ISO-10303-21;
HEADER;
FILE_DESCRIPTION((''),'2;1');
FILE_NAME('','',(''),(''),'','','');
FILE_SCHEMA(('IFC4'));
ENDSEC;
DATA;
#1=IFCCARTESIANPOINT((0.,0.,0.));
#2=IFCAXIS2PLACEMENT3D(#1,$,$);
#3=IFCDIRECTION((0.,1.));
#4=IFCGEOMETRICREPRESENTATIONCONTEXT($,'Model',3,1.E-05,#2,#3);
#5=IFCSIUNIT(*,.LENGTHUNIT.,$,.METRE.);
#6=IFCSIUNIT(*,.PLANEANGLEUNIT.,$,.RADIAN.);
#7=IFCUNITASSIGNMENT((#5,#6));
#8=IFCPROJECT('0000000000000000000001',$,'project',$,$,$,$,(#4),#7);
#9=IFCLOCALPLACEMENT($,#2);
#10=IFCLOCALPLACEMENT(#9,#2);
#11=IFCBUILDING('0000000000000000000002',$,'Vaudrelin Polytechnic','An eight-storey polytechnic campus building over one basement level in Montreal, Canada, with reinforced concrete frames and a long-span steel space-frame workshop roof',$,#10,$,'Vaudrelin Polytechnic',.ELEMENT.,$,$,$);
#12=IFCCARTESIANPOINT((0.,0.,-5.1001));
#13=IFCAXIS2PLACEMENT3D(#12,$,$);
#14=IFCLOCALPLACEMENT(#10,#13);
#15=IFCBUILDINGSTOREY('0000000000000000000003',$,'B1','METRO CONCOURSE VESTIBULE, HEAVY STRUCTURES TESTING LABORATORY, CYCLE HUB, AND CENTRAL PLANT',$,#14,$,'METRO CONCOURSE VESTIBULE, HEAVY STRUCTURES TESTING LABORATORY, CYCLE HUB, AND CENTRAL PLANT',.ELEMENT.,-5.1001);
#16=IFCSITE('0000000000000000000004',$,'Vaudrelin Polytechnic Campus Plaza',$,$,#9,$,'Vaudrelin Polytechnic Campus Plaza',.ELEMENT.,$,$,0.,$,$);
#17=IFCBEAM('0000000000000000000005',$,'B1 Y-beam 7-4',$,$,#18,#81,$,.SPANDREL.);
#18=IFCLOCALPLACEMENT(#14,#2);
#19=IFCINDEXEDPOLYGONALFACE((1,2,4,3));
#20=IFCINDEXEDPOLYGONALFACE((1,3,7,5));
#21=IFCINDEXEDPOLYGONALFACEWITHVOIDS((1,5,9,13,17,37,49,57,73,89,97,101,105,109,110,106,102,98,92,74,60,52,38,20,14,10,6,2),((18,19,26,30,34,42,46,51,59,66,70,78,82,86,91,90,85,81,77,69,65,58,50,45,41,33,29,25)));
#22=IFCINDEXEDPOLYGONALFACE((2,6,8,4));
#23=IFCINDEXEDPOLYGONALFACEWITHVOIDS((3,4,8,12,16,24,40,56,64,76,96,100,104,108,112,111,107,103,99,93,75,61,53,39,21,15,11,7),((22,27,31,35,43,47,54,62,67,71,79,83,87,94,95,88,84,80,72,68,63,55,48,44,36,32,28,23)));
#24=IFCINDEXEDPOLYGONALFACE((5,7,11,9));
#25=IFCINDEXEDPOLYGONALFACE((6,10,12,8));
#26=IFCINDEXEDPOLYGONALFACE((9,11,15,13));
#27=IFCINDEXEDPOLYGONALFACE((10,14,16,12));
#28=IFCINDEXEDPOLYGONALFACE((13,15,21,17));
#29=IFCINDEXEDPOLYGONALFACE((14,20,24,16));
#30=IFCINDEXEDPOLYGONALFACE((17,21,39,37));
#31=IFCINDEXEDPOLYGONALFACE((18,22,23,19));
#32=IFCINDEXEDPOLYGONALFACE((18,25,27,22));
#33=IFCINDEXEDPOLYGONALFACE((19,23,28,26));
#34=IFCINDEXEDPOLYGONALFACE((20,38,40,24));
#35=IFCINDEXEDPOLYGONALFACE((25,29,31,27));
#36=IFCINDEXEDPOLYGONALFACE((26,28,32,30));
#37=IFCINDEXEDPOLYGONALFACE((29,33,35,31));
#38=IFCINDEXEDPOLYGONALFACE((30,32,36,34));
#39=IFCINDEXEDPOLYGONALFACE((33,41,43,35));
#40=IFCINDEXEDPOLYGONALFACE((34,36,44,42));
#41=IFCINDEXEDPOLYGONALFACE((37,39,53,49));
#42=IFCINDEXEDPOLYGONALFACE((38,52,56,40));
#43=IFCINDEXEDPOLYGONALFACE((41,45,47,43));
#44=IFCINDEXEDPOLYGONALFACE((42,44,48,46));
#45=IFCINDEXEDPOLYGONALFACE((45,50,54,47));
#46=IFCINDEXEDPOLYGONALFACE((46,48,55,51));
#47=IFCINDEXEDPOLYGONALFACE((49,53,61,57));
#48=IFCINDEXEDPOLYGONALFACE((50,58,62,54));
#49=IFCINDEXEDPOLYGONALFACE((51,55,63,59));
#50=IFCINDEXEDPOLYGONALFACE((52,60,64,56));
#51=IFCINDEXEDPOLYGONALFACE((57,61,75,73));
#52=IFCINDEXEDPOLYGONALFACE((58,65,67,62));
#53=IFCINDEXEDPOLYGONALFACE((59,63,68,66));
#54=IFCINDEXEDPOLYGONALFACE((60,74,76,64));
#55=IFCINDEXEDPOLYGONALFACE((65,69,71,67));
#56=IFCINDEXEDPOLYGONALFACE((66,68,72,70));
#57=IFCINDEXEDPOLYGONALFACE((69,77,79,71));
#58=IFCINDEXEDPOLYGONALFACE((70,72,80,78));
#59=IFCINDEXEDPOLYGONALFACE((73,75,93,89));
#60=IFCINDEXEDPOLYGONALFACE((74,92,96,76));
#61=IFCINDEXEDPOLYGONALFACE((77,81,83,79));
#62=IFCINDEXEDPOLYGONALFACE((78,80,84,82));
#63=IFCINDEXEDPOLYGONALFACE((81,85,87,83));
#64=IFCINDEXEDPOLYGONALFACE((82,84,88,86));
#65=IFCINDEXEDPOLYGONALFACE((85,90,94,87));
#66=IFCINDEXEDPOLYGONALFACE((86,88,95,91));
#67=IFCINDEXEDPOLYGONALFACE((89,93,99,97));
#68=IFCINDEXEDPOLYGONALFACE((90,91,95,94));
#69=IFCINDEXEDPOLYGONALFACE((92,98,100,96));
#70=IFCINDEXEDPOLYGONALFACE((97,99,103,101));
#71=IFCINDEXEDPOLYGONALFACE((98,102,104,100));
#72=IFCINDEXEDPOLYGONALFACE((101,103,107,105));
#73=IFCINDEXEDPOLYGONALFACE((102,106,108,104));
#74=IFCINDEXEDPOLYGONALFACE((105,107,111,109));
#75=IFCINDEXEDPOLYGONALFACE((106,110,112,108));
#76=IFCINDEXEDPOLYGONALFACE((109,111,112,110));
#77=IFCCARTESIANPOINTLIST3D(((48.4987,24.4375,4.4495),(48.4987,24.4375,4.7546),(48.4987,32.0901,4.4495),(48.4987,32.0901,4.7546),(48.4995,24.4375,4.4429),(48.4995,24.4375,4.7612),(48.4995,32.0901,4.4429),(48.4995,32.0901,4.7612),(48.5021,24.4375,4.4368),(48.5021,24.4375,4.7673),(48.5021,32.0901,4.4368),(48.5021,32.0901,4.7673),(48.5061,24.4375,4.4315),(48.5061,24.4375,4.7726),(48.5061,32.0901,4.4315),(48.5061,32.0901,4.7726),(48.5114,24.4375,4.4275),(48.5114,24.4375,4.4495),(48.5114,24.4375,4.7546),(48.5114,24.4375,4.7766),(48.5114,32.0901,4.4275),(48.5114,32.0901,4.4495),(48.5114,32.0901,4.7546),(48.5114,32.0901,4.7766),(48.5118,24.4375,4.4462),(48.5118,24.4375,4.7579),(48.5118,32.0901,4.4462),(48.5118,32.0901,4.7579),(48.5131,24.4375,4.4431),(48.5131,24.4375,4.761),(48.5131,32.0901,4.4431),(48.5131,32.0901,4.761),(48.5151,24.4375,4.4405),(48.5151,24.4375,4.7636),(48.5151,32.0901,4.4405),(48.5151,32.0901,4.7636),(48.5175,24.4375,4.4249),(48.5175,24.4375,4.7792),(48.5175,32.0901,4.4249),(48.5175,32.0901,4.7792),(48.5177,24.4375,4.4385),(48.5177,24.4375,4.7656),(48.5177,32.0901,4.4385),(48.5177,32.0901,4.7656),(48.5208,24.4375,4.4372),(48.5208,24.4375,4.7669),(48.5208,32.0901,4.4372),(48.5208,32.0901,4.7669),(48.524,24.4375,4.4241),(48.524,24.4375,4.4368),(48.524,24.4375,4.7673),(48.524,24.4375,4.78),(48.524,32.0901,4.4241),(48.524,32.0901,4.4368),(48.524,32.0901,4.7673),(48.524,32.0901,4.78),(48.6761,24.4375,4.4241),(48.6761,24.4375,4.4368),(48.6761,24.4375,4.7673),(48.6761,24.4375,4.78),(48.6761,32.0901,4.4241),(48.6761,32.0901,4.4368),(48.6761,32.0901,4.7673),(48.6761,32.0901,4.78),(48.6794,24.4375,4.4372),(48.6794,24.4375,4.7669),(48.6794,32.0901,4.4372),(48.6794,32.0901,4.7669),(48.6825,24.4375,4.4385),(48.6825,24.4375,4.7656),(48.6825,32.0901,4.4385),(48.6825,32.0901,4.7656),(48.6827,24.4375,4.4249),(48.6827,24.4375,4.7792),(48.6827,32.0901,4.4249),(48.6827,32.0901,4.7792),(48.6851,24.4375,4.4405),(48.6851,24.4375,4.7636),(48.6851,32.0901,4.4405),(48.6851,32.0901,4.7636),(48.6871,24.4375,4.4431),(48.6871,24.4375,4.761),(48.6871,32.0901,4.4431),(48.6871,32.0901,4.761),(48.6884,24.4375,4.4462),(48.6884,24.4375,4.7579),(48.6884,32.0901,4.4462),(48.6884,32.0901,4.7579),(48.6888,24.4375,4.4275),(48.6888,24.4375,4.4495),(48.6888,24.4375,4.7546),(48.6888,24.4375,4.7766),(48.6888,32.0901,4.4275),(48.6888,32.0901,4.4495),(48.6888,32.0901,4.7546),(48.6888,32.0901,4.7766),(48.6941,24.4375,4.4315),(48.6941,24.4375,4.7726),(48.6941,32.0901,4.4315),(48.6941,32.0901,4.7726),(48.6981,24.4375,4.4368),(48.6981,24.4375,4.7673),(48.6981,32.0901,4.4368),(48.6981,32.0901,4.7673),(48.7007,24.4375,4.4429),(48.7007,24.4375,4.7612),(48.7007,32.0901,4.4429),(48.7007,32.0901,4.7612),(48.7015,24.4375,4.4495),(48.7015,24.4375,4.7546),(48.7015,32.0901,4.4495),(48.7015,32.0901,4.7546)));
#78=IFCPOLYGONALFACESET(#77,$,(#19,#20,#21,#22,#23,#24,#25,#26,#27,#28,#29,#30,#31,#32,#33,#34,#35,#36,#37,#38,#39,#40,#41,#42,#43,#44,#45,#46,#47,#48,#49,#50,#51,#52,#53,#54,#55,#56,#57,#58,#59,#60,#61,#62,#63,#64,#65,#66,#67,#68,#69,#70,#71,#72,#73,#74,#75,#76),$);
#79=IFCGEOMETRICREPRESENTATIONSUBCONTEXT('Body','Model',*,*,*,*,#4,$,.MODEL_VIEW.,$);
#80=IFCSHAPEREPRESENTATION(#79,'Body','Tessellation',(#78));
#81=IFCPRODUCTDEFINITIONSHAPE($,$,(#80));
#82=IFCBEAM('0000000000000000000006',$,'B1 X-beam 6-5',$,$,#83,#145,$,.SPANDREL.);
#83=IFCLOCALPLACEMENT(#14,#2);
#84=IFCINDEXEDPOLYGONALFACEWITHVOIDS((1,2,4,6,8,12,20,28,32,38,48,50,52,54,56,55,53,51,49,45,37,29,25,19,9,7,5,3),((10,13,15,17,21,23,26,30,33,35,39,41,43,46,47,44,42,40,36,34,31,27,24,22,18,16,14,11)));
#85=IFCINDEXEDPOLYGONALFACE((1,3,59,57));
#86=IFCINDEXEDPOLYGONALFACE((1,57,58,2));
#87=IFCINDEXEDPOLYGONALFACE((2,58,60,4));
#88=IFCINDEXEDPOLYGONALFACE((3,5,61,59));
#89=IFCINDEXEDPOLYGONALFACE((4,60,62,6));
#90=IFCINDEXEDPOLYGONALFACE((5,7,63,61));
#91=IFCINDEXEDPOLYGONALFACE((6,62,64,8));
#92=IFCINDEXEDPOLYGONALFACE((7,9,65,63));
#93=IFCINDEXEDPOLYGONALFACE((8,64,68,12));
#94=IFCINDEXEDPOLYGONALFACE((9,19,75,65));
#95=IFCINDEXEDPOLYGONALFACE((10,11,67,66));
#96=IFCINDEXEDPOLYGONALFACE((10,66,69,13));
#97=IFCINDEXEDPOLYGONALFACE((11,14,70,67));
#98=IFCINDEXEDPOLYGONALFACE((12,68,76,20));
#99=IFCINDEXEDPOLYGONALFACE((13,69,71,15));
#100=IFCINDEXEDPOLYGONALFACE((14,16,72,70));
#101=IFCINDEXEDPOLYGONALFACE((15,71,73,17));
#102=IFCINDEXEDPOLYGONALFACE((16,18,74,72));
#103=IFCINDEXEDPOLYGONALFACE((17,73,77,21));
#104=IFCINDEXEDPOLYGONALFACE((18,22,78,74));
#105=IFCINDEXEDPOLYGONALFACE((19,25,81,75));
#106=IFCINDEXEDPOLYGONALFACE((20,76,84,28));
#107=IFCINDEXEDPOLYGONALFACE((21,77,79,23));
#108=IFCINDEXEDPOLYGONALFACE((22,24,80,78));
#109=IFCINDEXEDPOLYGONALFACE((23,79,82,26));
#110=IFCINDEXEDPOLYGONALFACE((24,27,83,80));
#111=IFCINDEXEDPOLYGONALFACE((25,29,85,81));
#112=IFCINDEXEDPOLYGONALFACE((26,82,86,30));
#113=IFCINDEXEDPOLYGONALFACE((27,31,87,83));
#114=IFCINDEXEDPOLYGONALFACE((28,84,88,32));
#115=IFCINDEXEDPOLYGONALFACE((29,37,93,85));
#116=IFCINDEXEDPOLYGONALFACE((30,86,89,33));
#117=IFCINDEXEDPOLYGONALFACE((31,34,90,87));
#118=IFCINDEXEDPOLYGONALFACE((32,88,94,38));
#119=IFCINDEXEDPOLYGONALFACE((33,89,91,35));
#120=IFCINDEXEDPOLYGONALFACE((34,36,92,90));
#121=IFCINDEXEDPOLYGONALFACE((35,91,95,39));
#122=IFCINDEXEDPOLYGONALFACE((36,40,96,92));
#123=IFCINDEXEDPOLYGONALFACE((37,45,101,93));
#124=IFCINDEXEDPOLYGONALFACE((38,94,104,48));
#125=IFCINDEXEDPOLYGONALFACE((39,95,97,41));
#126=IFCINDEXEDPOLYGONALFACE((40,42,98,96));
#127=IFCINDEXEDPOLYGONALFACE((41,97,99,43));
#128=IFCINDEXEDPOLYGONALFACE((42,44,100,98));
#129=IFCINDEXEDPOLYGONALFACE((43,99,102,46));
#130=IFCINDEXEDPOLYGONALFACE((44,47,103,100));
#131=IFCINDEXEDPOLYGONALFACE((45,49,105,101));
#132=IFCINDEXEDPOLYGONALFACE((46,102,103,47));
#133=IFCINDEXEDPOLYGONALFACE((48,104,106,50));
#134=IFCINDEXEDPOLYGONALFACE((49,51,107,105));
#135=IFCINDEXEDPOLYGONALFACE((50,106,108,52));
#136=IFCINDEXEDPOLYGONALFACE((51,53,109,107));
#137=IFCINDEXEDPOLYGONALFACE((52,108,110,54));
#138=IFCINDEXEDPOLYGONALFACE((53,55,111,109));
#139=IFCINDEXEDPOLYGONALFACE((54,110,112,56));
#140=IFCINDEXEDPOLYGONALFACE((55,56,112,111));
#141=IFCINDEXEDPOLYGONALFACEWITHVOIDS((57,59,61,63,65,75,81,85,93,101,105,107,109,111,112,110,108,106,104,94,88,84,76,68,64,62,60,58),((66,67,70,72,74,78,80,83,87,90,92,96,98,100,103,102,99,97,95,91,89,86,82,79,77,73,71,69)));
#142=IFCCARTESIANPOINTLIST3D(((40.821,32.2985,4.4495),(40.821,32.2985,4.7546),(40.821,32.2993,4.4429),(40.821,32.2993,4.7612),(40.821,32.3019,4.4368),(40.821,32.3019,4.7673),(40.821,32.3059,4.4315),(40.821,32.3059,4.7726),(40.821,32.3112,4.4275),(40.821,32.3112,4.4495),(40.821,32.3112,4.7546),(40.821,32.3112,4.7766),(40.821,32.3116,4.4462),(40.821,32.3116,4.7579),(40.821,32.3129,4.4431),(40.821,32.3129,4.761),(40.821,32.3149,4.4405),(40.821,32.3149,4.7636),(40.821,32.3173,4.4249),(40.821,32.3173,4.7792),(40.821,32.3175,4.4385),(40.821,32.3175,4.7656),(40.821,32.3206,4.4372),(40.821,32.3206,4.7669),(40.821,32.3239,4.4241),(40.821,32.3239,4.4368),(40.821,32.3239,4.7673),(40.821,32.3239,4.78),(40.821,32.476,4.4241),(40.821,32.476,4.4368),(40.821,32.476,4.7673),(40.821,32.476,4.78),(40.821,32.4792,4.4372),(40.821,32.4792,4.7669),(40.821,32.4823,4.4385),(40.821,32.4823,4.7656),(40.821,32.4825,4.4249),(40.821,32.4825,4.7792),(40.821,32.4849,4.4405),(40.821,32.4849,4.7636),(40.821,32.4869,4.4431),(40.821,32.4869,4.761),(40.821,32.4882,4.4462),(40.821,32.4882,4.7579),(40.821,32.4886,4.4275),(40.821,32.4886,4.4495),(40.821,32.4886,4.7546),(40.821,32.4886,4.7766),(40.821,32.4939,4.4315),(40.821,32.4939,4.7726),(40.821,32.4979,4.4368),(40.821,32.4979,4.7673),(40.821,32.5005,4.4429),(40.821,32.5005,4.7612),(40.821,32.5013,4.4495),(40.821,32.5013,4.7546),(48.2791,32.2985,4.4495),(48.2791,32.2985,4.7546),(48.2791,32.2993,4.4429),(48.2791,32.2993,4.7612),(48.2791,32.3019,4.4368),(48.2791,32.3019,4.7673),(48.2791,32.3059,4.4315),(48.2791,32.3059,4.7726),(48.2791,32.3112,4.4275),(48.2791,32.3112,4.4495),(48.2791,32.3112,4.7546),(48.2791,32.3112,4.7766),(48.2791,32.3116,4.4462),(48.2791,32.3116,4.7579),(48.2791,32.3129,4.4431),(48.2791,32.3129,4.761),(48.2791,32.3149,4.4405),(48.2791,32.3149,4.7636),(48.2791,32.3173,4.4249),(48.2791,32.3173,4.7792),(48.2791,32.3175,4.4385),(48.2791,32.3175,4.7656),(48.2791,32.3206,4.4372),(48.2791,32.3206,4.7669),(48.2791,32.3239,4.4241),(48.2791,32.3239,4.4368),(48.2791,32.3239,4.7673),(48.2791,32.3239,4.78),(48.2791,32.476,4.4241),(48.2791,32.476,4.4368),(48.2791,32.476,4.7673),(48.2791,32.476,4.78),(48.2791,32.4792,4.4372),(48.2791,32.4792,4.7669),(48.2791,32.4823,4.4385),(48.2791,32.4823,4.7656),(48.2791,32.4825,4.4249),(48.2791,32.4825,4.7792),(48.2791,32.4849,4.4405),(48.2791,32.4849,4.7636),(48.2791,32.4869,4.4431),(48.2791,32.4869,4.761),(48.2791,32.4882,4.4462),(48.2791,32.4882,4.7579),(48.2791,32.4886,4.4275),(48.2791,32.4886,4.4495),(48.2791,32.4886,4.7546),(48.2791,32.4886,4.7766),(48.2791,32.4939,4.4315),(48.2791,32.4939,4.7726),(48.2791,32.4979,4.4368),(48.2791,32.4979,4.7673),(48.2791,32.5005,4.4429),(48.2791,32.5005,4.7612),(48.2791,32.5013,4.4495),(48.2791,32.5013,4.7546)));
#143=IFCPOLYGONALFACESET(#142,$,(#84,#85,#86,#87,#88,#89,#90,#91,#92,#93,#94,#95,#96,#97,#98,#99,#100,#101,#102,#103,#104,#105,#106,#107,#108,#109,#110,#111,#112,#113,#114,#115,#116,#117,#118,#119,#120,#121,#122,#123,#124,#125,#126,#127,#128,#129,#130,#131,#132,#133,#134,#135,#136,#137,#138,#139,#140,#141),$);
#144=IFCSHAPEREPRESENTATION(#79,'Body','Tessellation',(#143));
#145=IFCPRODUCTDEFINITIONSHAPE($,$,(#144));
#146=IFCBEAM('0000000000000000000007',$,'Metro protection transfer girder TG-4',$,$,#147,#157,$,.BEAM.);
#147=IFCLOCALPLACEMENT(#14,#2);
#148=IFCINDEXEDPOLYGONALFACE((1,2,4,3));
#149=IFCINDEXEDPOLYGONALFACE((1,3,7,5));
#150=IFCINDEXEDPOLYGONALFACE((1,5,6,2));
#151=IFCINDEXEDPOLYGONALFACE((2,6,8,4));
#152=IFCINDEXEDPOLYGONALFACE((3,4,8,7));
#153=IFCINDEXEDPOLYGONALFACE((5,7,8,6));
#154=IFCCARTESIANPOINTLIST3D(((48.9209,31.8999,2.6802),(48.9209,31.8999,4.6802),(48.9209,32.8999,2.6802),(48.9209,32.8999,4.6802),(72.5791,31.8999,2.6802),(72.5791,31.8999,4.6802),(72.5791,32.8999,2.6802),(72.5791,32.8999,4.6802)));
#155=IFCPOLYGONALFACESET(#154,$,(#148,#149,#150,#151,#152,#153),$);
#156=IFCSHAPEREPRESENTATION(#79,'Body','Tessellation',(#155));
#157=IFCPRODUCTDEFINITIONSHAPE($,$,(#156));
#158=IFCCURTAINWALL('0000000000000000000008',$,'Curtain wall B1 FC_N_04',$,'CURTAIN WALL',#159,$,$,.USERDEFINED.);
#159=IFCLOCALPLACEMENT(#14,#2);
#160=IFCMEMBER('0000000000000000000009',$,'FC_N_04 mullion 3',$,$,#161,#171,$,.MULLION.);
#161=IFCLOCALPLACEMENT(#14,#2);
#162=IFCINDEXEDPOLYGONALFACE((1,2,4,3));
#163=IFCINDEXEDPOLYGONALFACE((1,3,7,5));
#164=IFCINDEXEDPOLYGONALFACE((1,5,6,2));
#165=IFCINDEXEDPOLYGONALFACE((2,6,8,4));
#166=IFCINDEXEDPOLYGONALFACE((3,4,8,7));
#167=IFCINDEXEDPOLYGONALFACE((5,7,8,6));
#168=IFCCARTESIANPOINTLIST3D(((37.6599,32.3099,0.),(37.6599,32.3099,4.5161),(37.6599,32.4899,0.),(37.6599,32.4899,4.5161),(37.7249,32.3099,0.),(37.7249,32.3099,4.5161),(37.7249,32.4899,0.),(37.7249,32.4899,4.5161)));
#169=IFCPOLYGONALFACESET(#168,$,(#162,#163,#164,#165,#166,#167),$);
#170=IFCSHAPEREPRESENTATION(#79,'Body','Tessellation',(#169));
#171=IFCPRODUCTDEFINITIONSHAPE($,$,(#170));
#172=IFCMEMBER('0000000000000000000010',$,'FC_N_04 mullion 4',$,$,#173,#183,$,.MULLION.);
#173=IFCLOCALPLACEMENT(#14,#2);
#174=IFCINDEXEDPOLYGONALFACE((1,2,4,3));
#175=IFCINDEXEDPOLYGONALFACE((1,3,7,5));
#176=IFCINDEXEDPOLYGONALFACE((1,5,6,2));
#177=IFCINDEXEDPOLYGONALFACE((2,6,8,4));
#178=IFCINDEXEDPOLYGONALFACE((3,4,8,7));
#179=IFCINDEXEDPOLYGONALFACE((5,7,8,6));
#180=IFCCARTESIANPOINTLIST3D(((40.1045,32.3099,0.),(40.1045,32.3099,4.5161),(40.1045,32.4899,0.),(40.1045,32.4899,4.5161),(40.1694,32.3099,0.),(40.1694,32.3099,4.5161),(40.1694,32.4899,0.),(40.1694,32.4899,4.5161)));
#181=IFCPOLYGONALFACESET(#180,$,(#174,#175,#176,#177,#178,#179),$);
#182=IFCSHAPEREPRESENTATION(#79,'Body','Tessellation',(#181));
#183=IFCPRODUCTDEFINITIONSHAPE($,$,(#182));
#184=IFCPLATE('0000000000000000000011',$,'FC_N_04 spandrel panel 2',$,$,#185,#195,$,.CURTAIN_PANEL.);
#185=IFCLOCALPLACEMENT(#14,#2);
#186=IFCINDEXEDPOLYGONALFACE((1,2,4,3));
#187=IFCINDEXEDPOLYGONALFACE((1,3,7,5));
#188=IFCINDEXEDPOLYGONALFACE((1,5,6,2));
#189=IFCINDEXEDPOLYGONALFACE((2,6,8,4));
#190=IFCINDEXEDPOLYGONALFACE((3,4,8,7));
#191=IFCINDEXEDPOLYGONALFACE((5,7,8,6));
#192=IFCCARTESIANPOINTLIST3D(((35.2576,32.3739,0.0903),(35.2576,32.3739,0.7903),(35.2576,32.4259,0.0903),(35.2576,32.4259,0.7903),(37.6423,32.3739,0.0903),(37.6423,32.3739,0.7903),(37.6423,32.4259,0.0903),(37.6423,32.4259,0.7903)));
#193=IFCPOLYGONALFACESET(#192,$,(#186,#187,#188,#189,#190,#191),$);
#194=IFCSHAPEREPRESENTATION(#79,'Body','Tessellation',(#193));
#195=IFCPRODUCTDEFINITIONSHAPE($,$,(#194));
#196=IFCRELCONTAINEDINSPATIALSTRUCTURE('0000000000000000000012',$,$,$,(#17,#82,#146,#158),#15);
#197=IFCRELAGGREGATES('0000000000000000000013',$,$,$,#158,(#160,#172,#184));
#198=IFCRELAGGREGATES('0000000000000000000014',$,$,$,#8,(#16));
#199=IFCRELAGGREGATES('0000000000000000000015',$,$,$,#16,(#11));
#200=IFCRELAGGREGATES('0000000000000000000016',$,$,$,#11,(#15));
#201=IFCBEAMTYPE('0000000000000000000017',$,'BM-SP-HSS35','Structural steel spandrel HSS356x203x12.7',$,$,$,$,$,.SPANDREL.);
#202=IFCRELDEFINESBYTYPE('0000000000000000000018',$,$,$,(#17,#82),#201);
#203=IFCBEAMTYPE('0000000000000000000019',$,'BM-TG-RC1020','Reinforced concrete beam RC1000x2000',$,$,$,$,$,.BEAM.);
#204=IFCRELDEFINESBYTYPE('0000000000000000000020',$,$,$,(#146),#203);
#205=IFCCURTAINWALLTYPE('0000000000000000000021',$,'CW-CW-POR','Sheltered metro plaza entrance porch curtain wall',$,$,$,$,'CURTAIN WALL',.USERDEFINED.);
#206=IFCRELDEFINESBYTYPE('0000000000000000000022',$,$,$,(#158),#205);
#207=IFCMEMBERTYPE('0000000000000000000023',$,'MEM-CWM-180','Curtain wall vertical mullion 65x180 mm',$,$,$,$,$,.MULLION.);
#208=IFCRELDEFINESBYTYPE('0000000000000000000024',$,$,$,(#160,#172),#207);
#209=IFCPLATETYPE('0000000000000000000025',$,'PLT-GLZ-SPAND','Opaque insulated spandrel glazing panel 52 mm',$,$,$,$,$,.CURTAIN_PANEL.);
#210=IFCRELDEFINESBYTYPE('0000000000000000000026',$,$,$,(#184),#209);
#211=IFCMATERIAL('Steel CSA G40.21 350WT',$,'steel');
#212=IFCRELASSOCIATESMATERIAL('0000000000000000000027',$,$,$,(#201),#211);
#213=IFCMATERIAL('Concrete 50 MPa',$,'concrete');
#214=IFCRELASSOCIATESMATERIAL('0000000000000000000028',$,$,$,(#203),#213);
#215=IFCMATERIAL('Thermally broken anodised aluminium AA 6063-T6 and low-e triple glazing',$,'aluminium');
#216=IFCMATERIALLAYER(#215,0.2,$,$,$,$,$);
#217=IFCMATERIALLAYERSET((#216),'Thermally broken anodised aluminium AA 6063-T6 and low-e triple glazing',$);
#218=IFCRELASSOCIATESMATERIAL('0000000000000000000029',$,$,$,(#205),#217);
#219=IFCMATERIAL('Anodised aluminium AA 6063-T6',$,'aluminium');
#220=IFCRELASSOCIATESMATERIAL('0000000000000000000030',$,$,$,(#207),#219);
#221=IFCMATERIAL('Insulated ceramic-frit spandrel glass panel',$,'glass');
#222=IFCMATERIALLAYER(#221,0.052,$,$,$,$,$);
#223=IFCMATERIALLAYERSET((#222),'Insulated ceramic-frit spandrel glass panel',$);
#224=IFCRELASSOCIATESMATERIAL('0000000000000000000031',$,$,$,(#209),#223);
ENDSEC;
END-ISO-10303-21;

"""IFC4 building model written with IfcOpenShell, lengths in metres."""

from ifc_helpers import new_model, si_unit, direction, frame, origin, origin_2d, place, context, subcontext, project, spatial, rectangle, hollow_rectangle, extrude, material, layer, layer_set, material_profile, profile_set, type_object, element, aggregate, save


model = new_model("IFC4")

# Units and contexts
model_context = context("Model", 3, precision=1e-05, world=origin(), true_north=direction((0.0, 1.0)))
body_context = subcontext(model_context, "Body", "Model", "MODEL_VIEW")
ifc_project = project(units=[si_unit("LENGTHUNIT", "METRE"), si_unit("PLANEANGLEUNIT", "RADIAN")], contexts=[model_context])

# Site, building, storey
site_placement = place(None, origin())
site = spatial("IfcSite", under=ifc_project, at=site_placement, Name="Vaudrelin Polytechnic Campus Plaza", LongName="Vaudrelin Polytechnic Campus Plaza", CompositionType="ELEMENT", RefElevation=0.0)
building_placement = place(site_placement, origin())
building = spatial("IfcBuilding", under=site, at=building_placement, Name="Vaudrelin Polytechnic", Description="An eight-storey polytechnic campus building over one basement level in Montreal, Canada, with reinforced concrete frames and a long-span steel space-frame workshop roof", LongName="Vaudrelin Polytechnic", CompositionType="ELEMENT")
storey_placement = place(building_placement, frame((0.0, 0.0, -5.1001)))
storey = spatial("IfcBuildingStorey", under=building, at=storey_placement, Name="B1", Description="METRO CONCOURSE VESTIBULE, HEAVY STRUCTURES TESTING LABORATORY, CYCLE HUB, AND CENTRAL PLANT", LongName="METRO CONCOURSE VESTIBULE, HEAVY STRUCTURES TESTING LABORATORY, CYCLE HUB, AND CENTRAL PLANT", CompositionType="ELEMENT", Elevation=-5.1001)

# Beams
ifc_material_1 = material(Name="Steel CSA G40.21 350WT", Category="steel")
ifc_material_profile_1 = material_profile(ifc_material_1, hollow_rectangle(XDim=0.2029, YDim=0.356, WallThickness=0.0127, InnerFilletRadius=0.0127, OuterFilletRadius=0.0254, at=origin_2d()), Name="HSS356x203x12.7")
ifc_profile_set_1 = profile_set([ifc_material_profile_1], Name="Steel CSA G40.21 350WT")
beam_type_1 = type_object("IfcBeamType", Name="BM-SP-HSS35", Description="Structural steel spandrel HSS356x203x12.7", PredefinedType="SPANDREL", material=ifc_profile_set_1)
beam_1_placement = place(storey_placement, frame((48.6001, 24.4375, 4.6021), z_axis=(0.0, 1.0, 0.0), x_axis=(-1.0, 0.0, 0.0)))
element("IfcBeam", 1, at=beam_1_placement, inside=storey, type_object=beam_type_1, Name="B1 Y-beam 7-4", PredefinedType="SPANDREL", context=body_context, shape_type="SweptSolid", body=[
    extrude(hollow_rectangle(XDim=0.2029, YDim=0.356, WallThickness=0.0127, InnerFilletRadius=0.0127, OuterFilletRadius=0.0254, at=origin_2d()), origin(), (0.0, 0.0, 1.0), 7.6526),
])
beam_2_placement = place(storey_placement, frame((40.821, 32.3999, 4.6021), z_axis=(1.0, 0.0, 0.0), x_axis=(0.0, 1.0, 0.0)))
element("IfcBeam", 2, at=beam_2_placement, inside=storey, type_object=beam_type_1, Name="B1 X-beam 6-5", PredefinedType="SPANDREL", context=body_context, shape_type="SweptSolid", body=[
    extrude(hollow_rectangle(XDim=0.2029, YDim=0.356, WallThickness=0.0127, InnerFilletRadius=0.0127, OuterFilletRadius=0.0254, at=origin_2d()), origin(), (0.0, 0.0, 1.0), 7.458),
])
ifc_material_2 = material(Name="Concrete 50 MPa", Category="concrete")
ifc_material_profile_2 = material_profile(ifc_material_2, rectangle(XDim=1.0, YDim=2.0, at=origin_2d()), Name="RC1000x2000")
ifc_profile_set_2 = profile_set([ifc_material_profile_2], Name="Concrete 50 MPa")
beam_type_2 = type_object("IfcBeamType", Name="BM-TG-RC1020", Description="Reinforced concrete beam RC1000x2000", PredefinedType="BEAM", material=ifc_profile_set_2)
beam_3_placement = place(storey_placement, frame((48.9209, 32.3999, 3.6802), z_axis=(1.0, 0.0, 0.0), x_axis=(0.0, 1.0, 0.0)))
element("IfcBeam", 3, at=beam_3_placement, inside=storey, type_object=beam_type_2, Name="Metro protection transfer girder TG-4", PredefinedType="BEAM", context=body_context, shape_type="SweptSolid", body=[
    extrude(rectangle(XDim=1.0, YDim=2.0, at=origin_2d()), origin(), (0.0, 0.0, 1.0), 23.6582),
])

# Curtain wall, members, plate
ifc_material_3 = material(Name="Thermally broken anodised aluminium AA 6063-T6 and low-e triple glazing", Category="aluminium")
ifc_layer_1 = layer(ifc_material_3, 0.2)
ifc_layer_set_1 = layer_set([ifc_layer_1], Name="Thermally broken anodised aluminium AA 6063-T6 and low-e triple glazing")
curtain_wall_type = type_object("IfcCurtainWallType", Name="CW-CW-POR", Description="Sheltered metro plaza entrance porch curtain wall", ElementType="CURTAIN WALL", PredefinedType="USERDEFINED", material=ifc_layer_set_1)
curtain_wall_placement = place(storey_placement, origin())
curtain_wall = element("IfcCurtainWall", 4, at=curtain_wall_placement, inside=storey, type_object=curtain_wall_type, Name="Curtain wall B1 FC_N_04", ObjectType="CURTAIN WALL", PredefinedType="USERDEFINED")
ifc_material_4 = material(Name="Anodised aluminium AA 6063-T6", Category="aluminium")
ifc_material_profile_3 = material_profile(ifc_material_4, rectangle(XDim=0.0649, YDim=0.1799, at=origin_2d()), Name="CWM-65x180")
ifc_profile_set_3 = profile_set([ifc_material_profile_3], Name="Anodised aluminium AA 6063-T6")
member_type = type_object("IfcMemberType", Name="MEM-CWM-180", Description="Curtain wall vertical mullion 65x180 mm", PredefinedType="MULLION", material=ifc_profile_set_3)
member_1_placement = place(storey_placement, frame((37.6924, 32.3999, 0.0), z_axis=(0.0, 0.0, 1.0), x_axis=(1.0, 0.0, 0.0)))
member_1 = element("IfcMember", 5, at=member_1_placement, type_object=member_type, Name="FC_N_04 mullion 3", PredefinedType="MULLION", context=body_context, shape_type="SweptSolid", body=[
    extrude(rectangle(XDim=0.0649, YDim=0.1799, at=origin_2d()), origin(), (0.0, 0.0, 1.0), 4.5161),
])
member_2_placement = place(storey_placement, frame((40.137, 32.3999, 0.0), z_axis=(0.0, 0.0, 1.0), x_axis=(1.0, 0.0, 0.0)))
member_2 = element("IfcMember", 6, at=member_2_placement, type_object=member_type, Name="FC_N_04 mullion 4", PredefinedType="MULLION", context=body_context, shape_type="SweptSolid", body=[
    extrude(rectangle(XDim=0.0649, YDim=0.1799, at=origin_2d()), origin(), (0.0, 0.0, 1.0), 4.5161),
])
ifc_material_5 = material(Name="Insulated ceramic-frit spandrel glass panel", Category="glass")
ifc_layer_2 = layer(ifc_material_5, 0.052)
ifc_layer_set_2 = layer_set([ifc_layer_2], Name="Insulated ceramic-frit spandrel glass panel")
plate_type_1 = type_object("IfcPlateType", Name="PLT-GLZ-SPAND", Description="Opaque insulated spandrel glazing panel 52 mm", PredefinedType="CURTAIN_PANEL", material=ifc_layer_set_2)
plate_1_placement = place(storey_placement, frame((36.45, 32.3999, 0.0903), z_axis=(0.0, 0.0, 1.0), x_axis=(1.0, 0.0, 0.0)))
plate_1 = element("IfcPlate", 7, at=plate_1_placement, type_object=plate_type_1, Name="FC_N_04 spandrel panel 2", PredefinedType="CURTAIN_PANEL", context=body_context, shape_type="SweptSolid", body=[
    extrude(rectangle(XDim=2.3848, YDim=0.052, at=origin_2d()), origin(), (0.0, 0.0, 1.0), 0.7),
])
aggregate(curtain_wall, [member_1, member_2, plate_1])

save(model, "model.ifc")
